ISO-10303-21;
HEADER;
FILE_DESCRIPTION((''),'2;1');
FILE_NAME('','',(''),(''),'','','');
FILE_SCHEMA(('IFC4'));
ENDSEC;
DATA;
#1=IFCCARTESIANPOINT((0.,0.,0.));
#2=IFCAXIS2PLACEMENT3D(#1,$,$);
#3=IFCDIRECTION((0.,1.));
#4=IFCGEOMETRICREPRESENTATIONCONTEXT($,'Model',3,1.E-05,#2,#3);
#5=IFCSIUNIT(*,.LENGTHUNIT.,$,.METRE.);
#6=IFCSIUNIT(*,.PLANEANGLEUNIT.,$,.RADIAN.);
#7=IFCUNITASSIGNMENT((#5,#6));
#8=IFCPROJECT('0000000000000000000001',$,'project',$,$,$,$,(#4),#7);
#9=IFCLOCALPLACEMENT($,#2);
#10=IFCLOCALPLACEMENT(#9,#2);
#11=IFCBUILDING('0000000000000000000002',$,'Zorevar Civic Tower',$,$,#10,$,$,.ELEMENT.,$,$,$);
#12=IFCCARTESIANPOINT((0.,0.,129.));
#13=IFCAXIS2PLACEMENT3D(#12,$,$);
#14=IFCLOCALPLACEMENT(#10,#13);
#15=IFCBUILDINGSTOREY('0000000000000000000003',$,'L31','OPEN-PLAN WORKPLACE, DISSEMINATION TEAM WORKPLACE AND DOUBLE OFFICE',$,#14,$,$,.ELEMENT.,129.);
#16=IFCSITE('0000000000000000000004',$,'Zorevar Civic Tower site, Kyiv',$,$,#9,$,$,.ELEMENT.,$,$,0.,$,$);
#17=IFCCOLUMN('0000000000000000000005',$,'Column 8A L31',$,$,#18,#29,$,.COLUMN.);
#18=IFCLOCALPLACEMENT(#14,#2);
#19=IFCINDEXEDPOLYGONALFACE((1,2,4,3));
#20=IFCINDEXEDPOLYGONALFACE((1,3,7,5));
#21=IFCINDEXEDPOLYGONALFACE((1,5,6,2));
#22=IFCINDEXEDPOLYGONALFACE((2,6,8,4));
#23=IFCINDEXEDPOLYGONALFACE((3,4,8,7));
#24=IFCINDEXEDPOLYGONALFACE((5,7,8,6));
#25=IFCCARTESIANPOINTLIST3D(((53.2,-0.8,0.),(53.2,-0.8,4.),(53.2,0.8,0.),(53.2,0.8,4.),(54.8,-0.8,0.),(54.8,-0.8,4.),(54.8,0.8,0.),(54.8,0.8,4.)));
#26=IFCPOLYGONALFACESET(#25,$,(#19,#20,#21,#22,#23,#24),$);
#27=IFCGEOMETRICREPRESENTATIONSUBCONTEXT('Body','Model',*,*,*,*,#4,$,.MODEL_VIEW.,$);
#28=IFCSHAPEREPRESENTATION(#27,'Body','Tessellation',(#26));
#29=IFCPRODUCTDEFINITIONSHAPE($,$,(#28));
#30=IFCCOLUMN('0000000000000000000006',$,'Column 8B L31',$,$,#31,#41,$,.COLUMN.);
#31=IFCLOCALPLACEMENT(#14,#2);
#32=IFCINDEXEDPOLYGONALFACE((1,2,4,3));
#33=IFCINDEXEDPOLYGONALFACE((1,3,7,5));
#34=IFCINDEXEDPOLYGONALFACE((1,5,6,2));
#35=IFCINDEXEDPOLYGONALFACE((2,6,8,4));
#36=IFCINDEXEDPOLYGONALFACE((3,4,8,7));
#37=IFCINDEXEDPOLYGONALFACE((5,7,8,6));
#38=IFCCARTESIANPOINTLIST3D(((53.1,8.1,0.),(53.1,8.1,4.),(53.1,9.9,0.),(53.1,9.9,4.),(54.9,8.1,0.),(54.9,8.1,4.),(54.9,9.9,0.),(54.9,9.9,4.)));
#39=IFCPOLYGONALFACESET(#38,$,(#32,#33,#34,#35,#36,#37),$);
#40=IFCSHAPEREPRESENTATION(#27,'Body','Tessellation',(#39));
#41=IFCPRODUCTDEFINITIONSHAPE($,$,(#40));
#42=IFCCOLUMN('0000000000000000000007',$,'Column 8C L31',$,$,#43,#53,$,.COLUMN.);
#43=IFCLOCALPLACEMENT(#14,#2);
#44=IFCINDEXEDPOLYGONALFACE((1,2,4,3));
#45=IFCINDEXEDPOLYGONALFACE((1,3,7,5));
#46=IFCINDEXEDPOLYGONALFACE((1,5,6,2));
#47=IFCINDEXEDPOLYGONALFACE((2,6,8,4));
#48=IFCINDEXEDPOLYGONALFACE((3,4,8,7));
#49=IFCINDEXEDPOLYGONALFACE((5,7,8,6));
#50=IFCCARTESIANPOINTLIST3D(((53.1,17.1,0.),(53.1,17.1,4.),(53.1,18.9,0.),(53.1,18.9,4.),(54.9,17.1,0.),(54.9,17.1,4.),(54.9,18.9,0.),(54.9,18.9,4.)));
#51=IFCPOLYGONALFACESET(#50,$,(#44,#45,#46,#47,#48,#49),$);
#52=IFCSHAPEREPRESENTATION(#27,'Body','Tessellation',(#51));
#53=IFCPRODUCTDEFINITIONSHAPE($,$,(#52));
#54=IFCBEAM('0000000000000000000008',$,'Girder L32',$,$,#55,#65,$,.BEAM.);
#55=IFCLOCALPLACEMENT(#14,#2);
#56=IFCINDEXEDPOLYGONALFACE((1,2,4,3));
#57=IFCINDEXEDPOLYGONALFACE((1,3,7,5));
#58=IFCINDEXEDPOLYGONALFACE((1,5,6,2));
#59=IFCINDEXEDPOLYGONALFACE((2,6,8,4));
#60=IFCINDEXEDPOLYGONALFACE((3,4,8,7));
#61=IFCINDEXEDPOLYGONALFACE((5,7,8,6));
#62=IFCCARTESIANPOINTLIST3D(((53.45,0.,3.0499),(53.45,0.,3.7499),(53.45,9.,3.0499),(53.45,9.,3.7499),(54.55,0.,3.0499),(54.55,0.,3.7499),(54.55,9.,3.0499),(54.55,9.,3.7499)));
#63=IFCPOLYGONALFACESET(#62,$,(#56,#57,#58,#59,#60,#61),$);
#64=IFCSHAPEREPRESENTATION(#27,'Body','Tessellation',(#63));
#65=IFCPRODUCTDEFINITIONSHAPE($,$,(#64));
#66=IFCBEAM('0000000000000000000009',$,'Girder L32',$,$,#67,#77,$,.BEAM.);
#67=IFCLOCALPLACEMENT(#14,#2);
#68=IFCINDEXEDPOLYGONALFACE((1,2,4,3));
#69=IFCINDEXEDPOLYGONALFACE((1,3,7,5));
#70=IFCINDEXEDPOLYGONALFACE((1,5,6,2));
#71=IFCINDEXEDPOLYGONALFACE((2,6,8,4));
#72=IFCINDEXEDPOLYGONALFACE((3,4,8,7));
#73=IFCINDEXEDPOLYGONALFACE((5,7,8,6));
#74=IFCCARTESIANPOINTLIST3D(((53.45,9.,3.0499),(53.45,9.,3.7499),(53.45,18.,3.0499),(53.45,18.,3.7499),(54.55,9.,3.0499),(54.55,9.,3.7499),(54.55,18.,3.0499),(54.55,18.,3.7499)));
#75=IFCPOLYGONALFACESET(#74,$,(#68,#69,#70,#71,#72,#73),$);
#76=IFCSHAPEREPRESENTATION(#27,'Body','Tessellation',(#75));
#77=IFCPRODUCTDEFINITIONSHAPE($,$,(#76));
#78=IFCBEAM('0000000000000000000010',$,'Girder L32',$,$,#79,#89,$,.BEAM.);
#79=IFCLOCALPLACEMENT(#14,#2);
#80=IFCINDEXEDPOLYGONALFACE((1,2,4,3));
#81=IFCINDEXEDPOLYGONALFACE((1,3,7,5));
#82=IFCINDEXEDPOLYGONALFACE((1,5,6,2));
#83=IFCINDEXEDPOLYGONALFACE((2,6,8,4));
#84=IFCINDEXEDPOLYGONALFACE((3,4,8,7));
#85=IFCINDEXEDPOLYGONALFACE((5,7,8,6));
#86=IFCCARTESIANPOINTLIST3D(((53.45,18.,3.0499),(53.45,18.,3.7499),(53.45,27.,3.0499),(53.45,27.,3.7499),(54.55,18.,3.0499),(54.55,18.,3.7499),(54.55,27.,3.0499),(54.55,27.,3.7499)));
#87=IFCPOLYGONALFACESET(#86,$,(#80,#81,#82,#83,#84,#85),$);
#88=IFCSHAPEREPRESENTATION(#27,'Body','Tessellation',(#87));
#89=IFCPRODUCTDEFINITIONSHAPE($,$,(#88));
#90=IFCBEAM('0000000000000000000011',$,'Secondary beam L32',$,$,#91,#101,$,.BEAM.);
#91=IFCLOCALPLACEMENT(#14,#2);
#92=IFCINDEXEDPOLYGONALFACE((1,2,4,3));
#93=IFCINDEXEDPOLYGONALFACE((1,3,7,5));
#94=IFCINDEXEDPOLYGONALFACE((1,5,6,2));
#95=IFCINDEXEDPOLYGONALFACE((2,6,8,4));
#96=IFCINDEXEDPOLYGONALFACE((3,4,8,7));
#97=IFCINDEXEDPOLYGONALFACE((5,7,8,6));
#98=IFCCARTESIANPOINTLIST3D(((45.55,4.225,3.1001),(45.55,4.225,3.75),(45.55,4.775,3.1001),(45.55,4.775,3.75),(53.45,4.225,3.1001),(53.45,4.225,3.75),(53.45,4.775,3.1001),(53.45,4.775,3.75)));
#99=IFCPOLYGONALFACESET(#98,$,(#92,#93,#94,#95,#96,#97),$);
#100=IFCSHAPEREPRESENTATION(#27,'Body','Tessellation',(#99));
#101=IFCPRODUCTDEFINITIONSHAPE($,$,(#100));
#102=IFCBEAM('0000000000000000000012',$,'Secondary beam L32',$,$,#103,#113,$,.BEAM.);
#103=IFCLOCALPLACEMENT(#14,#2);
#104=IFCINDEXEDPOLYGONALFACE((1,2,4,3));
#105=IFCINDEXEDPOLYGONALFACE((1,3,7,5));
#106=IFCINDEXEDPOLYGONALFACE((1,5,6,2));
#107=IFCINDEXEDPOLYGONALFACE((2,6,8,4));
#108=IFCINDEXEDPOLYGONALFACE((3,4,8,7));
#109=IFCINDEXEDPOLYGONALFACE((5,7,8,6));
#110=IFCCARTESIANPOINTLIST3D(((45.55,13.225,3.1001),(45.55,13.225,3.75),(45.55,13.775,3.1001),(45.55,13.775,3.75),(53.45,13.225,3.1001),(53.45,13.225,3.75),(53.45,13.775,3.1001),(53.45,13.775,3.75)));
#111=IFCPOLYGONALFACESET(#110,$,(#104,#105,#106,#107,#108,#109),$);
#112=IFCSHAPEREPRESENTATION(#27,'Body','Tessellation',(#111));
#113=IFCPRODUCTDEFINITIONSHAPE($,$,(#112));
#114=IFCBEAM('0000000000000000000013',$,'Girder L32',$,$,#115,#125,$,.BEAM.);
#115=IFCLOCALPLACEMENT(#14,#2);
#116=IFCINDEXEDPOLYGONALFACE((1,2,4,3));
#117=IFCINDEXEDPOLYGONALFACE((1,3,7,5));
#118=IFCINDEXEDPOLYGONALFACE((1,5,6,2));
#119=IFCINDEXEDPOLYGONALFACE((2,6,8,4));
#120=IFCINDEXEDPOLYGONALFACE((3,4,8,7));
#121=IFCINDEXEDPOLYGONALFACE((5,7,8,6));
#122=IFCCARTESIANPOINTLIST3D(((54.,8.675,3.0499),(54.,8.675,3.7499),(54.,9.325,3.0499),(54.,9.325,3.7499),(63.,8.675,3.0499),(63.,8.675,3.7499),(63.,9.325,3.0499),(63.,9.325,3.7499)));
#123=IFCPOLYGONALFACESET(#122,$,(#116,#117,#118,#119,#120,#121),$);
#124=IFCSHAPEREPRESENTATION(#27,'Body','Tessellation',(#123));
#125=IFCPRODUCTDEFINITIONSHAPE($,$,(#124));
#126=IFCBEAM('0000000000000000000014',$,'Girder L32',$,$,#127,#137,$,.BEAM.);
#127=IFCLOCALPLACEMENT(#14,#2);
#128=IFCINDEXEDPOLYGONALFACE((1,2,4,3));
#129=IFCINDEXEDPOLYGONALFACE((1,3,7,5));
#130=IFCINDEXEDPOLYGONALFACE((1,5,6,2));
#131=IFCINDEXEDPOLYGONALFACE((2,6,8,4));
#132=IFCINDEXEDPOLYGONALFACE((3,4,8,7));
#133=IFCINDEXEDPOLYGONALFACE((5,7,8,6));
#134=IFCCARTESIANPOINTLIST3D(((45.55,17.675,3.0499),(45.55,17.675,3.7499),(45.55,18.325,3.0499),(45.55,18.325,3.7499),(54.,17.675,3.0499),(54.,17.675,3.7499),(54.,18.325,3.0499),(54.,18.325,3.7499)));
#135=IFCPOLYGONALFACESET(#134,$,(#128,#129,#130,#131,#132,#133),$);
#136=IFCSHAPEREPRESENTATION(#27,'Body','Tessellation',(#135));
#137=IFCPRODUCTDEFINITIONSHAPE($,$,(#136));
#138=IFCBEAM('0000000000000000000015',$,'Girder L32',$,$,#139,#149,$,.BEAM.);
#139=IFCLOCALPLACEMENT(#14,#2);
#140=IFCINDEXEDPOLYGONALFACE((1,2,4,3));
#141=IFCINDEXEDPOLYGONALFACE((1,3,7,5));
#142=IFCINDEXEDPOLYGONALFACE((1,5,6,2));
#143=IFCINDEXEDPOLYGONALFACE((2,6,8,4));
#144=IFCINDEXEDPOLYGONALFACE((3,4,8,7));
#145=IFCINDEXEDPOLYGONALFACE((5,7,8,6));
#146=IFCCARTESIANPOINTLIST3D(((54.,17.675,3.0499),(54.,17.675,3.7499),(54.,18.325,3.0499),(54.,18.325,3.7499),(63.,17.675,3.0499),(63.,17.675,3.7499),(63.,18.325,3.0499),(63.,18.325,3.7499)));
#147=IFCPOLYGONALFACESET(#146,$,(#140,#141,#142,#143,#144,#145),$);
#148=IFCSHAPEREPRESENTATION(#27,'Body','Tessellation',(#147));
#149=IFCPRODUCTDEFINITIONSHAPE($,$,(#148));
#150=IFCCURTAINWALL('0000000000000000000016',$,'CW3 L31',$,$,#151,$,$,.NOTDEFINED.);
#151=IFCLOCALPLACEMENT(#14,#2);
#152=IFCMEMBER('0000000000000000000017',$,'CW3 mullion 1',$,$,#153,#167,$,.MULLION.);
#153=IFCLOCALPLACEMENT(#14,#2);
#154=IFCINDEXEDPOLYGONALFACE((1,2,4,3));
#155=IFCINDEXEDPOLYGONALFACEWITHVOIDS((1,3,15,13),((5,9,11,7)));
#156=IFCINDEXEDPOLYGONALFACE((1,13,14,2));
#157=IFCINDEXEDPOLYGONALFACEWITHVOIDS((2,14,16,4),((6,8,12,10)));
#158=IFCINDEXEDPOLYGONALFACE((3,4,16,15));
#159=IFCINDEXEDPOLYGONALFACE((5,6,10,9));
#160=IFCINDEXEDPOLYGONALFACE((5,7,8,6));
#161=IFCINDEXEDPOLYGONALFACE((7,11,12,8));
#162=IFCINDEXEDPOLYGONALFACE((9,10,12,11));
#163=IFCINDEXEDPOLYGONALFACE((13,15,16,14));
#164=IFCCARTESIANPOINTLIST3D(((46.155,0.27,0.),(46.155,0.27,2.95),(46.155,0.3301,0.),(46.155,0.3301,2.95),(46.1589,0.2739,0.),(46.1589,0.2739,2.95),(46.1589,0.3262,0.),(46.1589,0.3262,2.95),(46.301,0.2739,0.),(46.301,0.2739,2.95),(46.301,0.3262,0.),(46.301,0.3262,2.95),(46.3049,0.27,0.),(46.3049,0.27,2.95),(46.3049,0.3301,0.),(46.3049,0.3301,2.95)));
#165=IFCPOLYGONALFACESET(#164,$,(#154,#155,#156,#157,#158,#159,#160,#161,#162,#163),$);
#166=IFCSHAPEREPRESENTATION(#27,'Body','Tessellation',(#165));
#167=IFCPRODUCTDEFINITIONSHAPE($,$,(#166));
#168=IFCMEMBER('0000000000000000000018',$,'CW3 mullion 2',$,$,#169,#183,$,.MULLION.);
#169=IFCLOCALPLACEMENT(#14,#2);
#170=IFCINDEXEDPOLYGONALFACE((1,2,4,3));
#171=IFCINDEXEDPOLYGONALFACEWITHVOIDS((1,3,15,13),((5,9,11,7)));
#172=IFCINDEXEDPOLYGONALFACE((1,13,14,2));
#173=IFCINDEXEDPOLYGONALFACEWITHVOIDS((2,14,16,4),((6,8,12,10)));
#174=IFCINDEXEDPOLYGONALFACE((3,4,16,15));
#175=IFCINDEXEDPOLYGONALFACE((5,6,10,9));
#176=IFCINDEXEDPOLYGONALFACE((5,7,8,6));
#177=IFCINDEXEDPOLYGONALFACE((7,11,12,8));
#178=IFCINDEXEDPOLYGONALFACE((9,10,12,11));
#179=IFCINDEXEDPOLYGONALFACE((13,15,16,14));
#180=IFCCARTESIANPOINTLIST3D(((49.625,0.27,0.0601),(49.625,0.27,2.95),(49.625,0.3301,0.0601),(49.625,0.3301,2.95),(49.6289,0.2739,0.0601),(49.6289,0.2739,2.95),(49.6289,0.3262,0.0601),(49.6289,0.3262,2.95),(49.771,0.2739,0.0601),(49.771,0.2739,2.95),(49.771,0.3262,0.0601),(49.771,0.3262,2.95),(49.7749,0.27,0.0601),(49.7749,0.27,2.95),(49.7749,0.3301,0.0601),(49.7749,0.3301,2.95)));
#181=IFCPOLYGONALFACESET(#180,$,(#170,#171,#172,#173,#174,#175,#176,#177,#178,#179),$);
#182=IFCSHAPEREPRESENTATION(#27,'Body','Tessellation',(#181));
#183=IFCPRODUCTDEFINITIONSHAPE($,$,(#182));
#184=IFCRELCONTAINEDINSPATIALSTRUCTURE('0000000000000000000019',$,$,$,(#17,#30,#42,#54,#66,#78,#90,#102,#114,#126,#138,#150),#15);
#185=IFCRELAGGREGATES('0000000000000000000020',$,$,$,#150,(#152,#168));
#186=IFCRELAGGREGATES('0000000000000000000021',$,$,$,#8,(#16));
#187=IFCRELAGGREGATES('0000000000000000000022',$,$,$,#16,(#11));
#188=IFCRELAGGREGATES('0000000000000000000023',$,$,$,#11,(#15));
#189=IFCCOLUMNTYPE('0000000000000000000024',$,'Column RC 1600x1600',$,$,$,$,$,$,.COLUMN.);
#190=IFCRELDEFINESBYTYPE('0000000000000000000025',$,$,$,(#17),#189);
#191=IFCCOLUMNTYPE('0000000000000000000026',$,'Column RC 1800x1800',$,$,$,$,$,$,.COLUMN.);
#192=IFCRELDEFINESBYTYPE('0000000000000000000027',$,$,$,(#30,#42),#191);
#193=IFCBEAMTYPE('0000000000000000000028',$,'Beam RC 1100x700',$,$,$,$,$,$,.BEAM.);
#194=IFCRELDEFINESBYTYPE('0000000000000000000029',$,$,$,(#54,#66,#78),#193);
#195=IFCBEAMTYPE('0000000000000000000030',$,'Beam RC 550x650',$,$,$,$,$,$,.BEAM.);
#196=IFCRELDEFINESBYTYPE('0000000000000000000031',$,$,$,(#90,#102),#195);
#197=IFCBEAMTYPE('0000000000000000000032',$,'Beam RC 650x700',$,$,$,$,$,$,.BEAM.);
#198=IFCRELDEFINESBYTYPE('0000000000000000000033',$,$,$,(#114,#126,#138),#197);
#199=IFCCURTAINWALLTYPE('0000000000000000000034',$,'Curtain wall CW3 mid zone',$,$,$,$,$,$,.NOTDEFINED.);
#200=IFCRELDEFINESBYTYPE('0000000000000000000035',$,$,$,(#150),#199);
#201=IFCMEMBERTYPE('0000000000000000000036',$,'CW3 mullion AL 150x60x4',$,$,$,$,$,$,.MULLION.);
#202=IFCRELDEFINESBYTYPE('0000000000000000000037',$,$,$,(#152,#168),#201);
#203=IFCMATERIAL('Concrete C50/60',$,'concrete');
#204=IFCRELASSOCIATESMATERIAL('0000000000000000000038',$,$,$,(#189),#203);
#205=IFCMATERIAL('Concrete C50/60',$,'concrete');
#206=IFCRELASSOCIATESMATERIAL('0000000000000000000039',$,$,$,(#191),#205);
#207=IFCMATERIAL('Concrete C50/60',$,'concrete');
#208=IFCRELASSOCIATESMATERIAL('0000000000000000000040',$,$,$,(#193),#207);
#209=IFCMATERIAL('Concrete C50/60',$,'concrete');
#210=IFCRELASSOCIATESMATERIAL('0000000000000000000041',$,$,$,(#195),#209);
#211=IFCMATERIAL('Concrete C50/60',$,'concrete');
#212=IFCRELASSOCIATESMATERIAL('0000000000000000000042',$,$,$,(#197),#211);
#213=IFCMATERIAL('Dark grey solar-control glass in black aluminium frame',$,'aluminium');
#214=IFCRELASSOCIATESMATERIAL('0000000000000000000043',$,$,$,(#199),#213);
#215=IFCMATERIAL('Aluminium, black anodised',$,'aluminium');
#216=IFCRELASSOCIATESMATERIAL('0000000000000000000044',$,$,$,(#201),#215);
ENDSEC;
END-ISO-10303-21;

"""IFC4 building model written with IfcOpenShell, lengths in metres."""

from ifc_helpers import new_model, si_unit, direction, frame, origin, origin_2d, place, context, subcontext, project, spatial, rectangle, hollow_rectangle, extrude, material, material_profile, profile_set, type_object, element, aggregate, save


model = new_model("IFC4")

# Units and contexts
model_context = context("Model", 3, precision=1e-05, world=origin(), true_north=direction((0.0, 1.0)))
body_context = subcontext(model_context, "Body", "Model", "MODEL_VIEW")
ifc_project = project(units=[si_unit("LENGTHUNIT", "METRE"), si_unit("PLANEANGLEUNIT", "RADIAN")], contexts=[model_context])

# Site, building, storey
site_placement = place(None, origin())
site = spatial("IfcSite", under=ifc_project, at=site_placement, Name="Zorevar Civic Tower site, Kyiv", CompositionType="ELEMENT", RefElevation=0.0)
building_placement = place(site_placement, origin())
building = spatial("IfcBuilding", under=site, at=building_placement, Name="Zorevar Civic Tower", CompositionType="ELEMENT")
storey_placement = place(building_placement, frame((0.0, 0.0, 129.0)))
storey = spatial("IfcBuildingStorey", under=building, at=storey_placement, Name="L31", Description="OPEN-PLAN WORKPLACE, DISSEMINATION TEAM WORKPLACE AND DOUBLE OFFICE", CompositionType="ELEMENT", Elevation=129.0)

# Columns
ifc_material_1 = material(Name="Concrete C50/60", Category="concrete")
ifc_material_profile_1 = material_profile(ifc_material_1, rectangle(XDim=1.6001, YDim=1.6001, at=origin_2d()), Name="RC 1600x1600")
ifc_profile_set_1 = profile_set([ifc_material_profile_1], Name="Concrete C50/60")
column_type_1 = type_object("IfcColumnType", Name="Column RC 1600x1600", PredefinedType="COLUMN", material=ifc_profile_set_1)
column_placement = place(storey_placement, frame((54.0, 0.0, 0.0), z_axis=(0.0, 0.0, 1.0), x_axis=(1.0, 0.0, 0.0)))
element("IfcColumn", 1, at=column_placement, inside=storey, type_object=column_type_1, Name="Column 8A L31", PredefinedType="COLUMN", context=body_context, shape_type="SweptSolid", body=[
    extrude(rectangle(XDim=1.6001, YDim=1.6001, at=origin_2d()), origin(), (0.0, 0.0, 1.0), 4.0),
])
ifc_material_2 = material(Name="Concrete C50/60", Category="concrete")
ifc_material_profile_2 = material_profile(ifc_material_2, rectangle(XDim=1.8, YDim=1.8, at=origin_2d()), Name="RC 1800x1800")
ifc_profile_set_2 = profile_set([ifc_material_profile_2], Name="Concrete C50/60")
column_type_2 = type_object("IfcColumnType", Name="Column RC 1800x1800", PredefinedType="COLUMN", material=ifc_profile_set_2)
for number, where, z_axis, x_axis, name in (
    (2, (54.0, 9.0, 0.0), (0.0, 0.0, 1.0), (1.0, 0.0, 0.0), "Column 8B L31"),
    (3, (54.0, 18.0, 0.0), (0.0, 0.0, 1.0), (1.0, 0.0, 0.0), "Column 8C L31"),
):
    element("IfcColumn", number, at=place(storey_placement, frame(where, z_axis=z_axis, x_axis=x_axis)), inside=storey, type_object=column_type_2, Name=name, PredefinedType="COLUMN", context=body_context, shape_type="SweptSolid", body=[
        extrude(rectangle(XDim=1.8, YDim=1.8, at=origin_2d()), origin(), (0.0, 0.0, 1.0), 4.0),
    ])

# Beams
ifc_material_3 = material(Name="Concrete C50/60", Category="concrete")
ifc_material_profile_3 = material_profile(ifc_material_3, rectangle(XDim=1.1001, YDim=0.7, at=origin_2d()), Name="RC 1100x700")
ifc_profile_set_3 = profile_set([ifc_material_profile_3], Name="Concrete C50/60")
beam_type_1 = type_object("IfcBeamType", Name="Beam RC 1100x700", PredefinedType="BEAM", material=ifc_profile_set_3)
for number, where, z_axis, x_axis, name in (
    (4, (54.0, 0.0, 3.3999), (0.0, 1.0, 0.0), (-1.0, 0.0, 0.0), "Girder L32"),
    (5, (54.0, 9.0, 3.3999), (0.0, 1.0, 0.0), (-1.0, 0.0, 0.0), "Girder L32"),
    (6, (54.0, 18.0, 3.3999), (0.0, 1.0, 0.0), (-1.0, 0.0, 0.0), "Girder L32"),
):
    element("IfcBeam", number, at=place(storey_placement, frame(where, z_axis=z_axis, x_axis=x_axis)), inside=storey, type_object=beam_type_1, Name=name, PredefinedType="BEAM", context=body_context, shape_type="SweptSolid", body=[
        extrude(rectangle(XDim=1.1001, YDim=0.7, at=origin_2d()), origin(), (0.0, 0.0, 1.0), 9.0),
    ])
ifc_material_4 = material(Name="Concrete C50/60", Category="concrete")
ifc_material_profile_4 = material_profile(ifc_material_4, rectangle(XDim=0.55, YDim=0.6499, at=origin_2d()), Name="RC 550x650")
ifc_profile_set_4 = profile_set([ifc_material_profile_4], Name="Concrete C50/60")
beam_type_2 = type_object("IfcBeamType", Name="Beam RC 550x650", PredefinedType="BEAM", material=ifc_profile_set_4)
for number, where, z_axis, x_axis, name in (
    (7, (45.55, 4.5, 3.425), (1.0, 0.0, 0.0), (0.0, 1.0, 0.0), "Secondary beam L32"),
    (8, (45.55, 13.5, 3.425), (1.0, 0.0, 0.0), (0.0, 1.0, 0.0), "Secondary beam L32"),
):
    element("IfcBeam", number, at=place(storey_placement, frame(where, z_axis=z_axis, x_axis=x_axis)), inside=storey, type_object=beam_type_2, Name=name, PredefinedType="BEAM", context=body_context, shape_type="SweptSolid", body=[
        extrude(rectangle(XDim=0.55, YDim=0.6499, at=origin_2d()), origin(), (0.0, 0.0, 1.0), 7.8999),
    ])
ifc_material_5 = material(Name="Concrete C50/60", Category="concrete")
ifc_material_profile_5 = material_profile(ifc_material_5, rectangle(XDim=0.6499, YDim=0.7, at=origin_2d()), Name="RC 650x700")
ifc_profile_set_5 = profile_set([ifc_material_profile_5], Name="Concrete C50/60")
beam_type_3 = type_object("IfcBeamType", Name="Beam RC 650x700", PredefinedType="BEAM", material=ifc_profile_set_5)
beam_1_placement = place(storey_placement, frame((54.0, 9.0, 3.3999), z_axis=(1.0, 0.0, 0.0), x_axis=(0.0, 1.0, 0.0)))
element("IfcBeam", 9, at=beam_1_placement, inside=storey, type_object=beam_type_3, Name="Girder L32", PredefinedType="BEAM", context=body_context, shape_type="SweptSolid", body=[
    extrude(rectangle(XDim=0.6499, YDim=0.7, at=origin_2d()), origin(), (0.0, 0.0, 1.0), 9.0),
])
beam_2_placement = place(storey_placement, frame((45.55, 18.0, 3.3999), z_axis=(1.0, 0.0, 0.0), x_axis=(0.0, 1.0, 0.0)))
element("IfcBeam", 10, at=beam_2_placement, inside=storey, type_object=beam_type_3, Name="Girder L32", PredefinedType="BEAM", context=body_context, shape_type="SweptSolid", body=[
    extrude(rectangle(XDim=0.6499, YDim=0.7, at=origin_2d()), origin(), (0.0, 0.0, 1.0), 8.45),
])
beam_3_placement = place(storey_placement, frame((54.0, 18.0, 3.3999), z_axis=(1.0, 0.0, 0.0), x_axis=(0.0, 1.0, 0.0)))
element("IfcBeam", 11, at=beam_3_placement, inside=storey, type_object=beam_type_3, Name="Girder L32", PredefinedType="BEAM", context=body_context, shape_type="SweptSolid", body=[
    extrude(rectangle(XDim=0.6499, YDim=0.7, at=origin_2d()), origin(), (0.0, 0.0, 1.0), 9.0),
])

# Curtain wall, members
ifc_material_6 = material(Name="Dark grey solar-control glass in black aluminium frame", Category="aluminium")
curtain_wall_type = type_object("IfcCurtainWallType", Name="Curtain wall CW3 mid zone", PredefinedType="NOTDEFINED", material=ifc_material_6)
curtain_wall_placement = place(storey_placement, origin())
curtain_wall = element("IfcCurtainWall", 12, at=curtain_wall_placement, inside=storey, type_object=curtain_wall_type, Name="CW3 L31", PredefinedType="NOTDEFINED")
ifc_material_7 = material(Name="Aluminium, black anodised", Category="aluminium")
ifc_material_profile_6 = material_profile(ifc_material_7, hollow_rectangle(XDim=0.0601, YDim=0.1499, WallThickness=0.0039, at=origin_2d()), Name="AL 150x60x4")
ifc_profile_set_6 = profile_set([ifc_material_profile_6], Name="Aluminium, black anodised")
member_type_1 = type_object("IfcMemberType", Name="CW3 mullion AL 150x60x4", PredefinedType="MULLION", material=ifc_profile_set_6)
member_1_placement = place(storey_placement, frame((46.23, 0.3, 0.0), z_axis=(0.0, 0.0, 1.0), x_axis=(0.0, 1.0, 0.0)))
member_1 = element("IfcMember", 13, at=member_1_placement, type_object=member_type_1, Name="CW3 mullion 1", PredefinedType="MULLION", context=body_context, shape_type="SweptSolid", body=[
    extrude(hollow_rectangle(XDim=0.0601, YDim=0.1499, WallThickness=0.0039, at=origin_2d()), origin(), (0.0, 0.0, 1.0), 2.95),
])
member_2_placement = place(storey_placement, frame((49.7, 0.3, 0.0601), z_axis=(0.0, 0.0, 1.0), x_axis=(0.0, 1.0, 0.0)))
member_2 = element("IfcMember", 14, at=member_2_placement, type_object=member_type_1, Name="CW3 mullion 2", PredefinedType="MULLION", context=body_context, shape_type="SweptSolid", body=[
    extrude(hollow_rectangle(XDim=0.0601, YDim=0.1499, WallThickness=0.0039, at=origin_2d()), origin(), (0.0, 0.0, 1.0), 2.8899),
])

aggregate(curtain_wall, [member_1, member_2])

save(model, "model.ifc")
